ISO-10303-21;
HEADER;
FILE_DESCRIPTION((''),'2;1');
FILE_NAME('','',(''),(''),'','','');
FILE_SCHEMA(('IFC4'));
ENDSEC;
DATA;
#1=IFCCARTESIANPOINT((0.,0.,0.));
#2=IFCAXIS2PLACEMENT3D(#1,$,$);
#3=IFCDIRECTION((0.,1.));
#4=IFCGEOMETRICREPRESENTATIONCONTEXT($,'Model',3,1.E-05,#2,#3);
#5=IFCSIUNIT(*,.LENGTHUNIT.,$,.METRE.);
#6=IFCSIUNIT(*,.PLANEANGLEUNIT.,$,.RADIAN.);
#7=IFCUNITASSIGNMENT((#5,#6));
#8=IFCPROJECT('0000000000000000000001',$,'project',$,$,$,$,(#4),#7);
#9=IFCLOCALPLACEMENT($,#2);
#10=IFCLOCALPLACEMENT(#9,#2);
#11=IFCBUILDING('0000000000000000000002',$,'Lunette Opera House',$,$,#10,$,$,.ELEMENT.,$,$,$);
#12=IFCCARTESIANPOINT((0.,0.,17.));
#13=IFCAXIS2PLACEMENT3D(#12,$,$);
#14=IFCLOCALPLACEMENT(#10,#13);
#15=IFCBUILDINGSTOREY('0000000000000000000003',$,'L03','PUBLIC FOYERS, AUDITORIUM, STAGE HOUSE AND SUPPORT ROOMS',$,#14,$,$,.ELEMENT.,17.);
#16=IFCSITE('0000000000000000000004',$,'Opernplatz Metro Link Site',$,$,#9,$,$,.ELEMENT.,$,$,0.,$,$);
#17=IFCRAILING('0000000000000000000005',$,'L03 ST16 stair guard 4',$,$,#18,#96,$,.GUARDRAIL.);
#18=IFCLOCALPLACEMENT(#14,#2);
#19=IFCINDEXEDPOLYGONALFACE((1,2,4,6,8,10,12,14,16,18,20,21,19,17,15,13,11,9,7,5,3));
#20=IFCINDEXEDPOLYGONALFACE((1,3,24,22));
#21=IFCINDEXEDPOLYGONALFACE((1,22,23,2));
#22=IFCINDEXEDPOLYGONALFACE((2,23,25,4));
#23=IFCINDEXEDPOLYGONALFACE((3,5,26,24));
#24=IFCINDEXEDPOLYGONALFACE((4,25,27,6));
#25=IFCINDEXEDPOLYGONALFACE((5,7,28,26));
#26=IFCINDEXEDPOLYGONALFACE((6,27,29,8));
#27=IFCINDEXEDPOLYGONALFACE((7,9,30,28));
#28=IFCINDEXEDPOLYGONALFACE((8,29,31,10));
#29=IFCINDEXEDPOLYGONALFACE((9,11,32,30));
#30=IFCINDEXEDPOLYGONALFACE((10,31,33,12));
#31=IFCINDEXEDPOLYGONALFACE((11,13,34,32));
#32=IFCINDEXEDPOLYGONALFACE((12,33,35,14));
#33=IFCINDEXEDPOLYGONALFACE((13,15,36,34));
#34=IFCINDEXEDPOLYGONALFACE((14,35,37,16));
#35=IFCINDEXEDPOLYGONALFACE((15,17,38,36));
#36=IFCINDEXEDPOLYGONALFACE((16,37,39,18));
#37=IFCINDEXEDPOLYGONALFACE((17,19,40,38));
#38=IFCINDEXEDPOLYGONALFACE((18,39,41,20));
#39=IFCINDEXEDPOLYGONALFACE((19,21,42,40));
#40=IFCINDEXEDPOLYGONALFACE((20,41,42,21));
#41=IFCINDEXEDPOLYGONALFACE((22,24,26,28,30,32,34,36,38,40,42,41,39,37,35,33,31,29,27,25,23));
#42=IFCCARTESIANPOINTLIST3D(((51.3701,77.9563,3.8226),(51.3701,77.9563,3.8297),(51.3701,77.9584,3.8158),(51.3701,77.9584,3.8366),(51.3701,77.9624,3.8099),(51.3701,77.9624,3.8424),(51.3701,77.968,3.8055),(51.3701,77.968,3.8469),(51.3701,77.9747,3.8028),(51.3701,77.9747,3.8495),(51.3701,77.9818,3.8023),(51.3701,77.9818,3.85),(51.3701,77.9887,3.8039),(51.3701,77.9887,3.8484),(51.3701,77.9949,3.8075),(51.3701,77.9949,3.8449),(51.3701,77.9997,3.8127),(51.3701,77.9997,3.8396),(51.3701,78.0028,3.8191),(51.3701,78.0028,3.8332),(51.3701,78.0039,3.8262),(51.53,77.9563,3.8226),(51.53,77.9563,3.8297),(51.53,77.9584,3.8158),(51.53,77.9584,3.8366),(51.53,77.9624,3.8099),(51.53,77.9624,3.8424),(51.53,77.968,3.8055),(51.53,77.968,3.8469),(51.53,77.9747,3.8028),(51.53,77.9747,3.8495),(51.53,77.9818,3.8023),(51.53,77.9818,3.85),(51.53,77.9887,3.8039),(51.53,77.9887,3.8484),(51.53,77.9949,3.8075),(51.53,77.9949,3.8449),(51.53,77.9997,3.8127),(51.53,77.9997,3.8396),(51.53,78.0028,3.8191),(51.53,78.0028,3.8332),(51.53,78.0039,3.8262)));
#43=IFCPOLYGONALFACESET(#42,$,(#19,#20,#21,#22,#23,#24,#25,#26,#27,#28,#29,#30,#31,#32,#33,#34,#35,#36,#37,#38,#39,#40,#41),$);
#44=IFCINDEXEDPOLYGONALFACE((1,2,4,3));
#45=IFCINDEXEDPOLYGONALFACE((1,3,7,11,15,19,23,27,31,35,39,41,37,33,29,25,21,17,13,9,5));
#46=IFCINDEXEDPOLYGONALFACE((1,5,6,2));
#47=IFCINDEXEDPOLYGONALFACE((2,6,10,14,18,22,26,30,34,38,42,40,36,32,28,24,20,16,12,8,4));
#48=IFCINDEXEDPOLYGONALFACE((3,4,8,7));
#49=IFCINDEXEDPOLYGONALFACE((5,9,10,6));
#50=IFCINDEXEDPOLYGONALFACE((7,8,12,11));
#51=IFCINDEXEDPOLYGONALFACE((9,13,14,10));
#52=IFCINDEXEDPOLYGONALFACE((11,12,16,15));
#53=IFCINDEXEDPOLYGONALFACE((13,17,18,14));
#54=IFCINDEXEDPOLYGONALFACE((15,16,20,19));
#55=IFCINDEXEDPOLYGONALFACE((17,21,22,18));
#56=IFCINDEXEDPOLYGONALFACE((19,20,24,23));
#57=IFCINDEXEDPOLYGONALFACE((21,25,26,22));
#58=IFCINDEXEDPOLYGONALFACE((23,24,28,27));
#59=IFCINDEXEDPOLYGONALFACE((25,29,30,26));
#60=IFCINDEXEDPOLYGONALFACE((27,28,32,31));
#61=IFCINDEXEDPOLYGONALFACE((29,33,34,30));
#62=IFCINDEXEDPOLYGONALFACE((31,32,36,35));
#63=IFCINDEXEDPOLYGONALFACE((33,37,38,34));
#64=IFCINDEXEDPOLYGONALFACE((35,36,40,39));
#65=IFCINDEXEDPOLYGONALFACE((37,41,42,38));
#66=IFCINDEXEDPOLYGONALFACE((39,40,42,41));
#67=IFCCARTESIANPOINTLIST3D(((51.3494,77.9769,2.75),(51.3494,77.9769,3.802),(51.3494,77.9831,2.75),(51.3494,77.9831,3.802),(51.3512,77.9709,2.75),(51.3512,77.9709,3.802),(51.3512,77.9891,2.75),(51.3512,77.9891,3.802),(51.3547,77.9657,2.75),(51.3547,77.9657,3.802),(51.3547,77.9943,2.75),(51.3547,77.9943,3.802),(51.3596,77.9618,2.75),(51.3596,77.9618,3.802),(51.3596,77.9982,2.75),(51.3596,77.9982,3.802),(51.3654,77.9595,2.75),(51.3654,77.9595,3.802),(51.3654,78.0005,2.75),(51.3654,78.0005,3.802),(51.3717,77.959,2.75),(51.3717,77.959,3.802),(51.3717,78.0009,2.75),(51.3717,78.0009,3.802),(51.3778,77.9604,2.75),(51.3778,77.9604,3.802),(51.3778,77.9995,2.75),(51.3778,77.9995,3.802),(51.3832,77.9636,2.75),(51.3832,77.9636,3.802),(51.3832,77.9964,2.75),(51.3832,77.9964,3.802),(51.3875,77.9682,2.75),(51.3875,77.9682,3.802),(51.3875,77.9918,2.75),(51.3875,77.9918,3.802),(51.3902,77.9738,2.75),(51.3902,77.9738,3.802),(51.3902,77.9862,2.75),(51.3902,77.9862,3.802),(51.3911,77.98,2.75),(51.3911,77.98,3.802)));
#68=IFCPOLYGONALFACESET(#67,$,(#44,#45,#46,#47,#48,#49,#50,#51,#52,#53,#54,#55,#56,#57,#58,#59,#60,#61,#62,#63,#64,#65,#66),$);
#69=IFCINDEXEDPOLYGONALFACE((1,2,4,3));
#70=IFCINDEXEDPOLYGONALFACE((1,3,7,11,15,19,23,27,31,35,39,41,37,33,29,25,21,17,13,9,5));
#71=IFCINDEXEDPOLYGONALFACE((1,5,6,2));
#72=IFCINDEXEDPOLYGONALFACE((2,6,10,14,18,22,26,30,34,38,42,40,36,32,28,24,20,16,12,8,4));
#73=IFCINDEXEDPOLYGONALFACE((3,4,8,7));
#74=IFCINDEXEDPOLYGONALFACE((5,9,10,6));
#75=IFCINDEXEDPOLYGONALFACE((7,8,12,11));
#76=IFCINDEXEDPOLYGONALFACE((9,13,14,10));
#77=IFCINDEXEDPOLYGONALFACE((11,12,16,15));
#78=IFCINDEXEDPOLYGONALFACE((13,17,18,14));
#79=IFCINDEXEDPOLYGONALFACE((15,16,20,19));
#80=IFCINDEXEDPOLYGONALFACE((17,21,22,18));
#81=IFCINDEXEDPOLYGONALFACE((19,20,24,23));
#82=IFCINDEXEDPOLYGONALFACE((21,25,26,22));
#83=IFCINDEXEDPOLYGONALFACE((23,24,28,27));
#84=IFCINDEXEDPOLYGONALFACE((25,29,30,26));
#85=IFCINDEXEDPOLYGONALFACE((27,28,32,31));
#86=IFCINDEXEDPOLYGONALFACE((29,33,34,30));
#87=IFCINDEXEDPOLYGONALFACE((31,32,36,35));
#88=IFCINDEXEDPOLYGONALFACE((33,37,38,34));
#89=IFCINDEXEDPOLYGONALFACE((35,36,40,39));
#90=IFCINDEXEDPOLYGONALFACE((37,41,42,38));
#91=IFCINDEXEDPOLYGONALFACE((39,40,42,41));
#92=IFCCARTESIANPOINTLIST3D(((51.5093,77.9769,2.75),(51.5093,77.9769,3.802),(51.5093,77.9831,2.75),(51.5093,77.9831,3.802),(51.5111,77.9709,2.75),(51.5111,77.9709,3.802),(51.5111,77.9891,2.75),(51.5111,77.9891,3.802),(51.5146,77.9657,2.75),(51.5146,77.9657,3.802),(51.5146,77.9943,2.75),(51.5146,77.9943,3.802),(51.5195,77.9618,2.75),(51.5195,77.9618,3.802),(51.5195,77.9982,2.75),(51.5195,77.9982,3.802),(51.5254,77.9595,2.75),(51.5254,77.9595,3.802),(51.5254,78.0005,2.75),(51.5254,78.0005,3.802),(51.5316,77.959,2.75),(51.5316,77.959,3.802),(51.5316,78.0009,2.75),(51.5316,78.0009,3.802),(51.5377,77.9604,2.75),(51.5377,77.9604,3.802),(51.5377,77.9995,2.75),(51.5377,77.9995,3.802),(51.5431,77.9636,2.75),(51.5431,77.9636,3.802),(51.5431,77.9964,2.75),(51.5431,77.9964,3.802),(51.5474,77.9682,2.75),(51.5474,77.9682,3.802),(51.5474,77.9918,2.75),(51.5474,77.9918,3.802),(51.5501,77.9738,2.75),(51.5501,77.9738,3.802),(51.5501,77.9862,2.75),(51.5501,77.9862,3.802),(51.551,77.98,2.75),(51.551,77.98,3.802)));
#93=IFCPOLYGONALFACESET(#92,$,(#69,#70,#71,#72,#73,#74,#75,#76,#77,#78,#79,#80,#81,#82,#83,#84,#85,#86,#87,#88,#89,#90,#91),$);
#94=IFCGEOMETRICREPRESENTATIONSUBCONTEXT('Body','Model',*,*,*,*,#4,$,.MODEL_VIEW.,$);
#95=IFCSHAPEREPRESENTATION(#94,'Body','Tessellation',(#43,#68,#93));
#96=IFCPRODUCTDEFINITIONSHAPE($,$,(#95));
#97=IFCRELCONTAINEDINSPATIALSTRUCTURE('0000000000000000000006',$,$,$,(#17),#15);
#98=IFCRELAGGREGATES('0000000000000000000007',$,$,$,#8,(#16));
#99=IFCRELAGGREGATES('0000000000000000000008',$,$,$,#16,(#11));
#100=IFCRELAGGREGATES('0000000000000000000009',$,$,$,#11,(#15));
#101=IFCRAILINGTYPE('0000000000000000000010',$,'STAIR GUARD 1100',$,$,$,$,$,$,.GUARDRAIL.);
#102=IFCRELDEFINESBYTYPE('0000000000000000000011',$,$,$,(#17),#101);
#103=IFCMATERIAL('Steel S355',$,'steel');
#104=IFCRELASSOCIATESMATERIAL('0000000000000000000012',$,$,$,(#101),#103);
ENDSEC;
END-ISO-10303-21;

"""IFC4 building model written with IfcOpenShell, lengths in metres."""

from ifc_helpers import new_model, si_unit, direction, frame, origin, origin_2d, place, context, subcontext, project, spatial, circle, extrude, material, type_object, element, save


model = new_model("IFC4")

# Units and contexts
model_context = context("Model", 3, precision=1e-05, world=origin(), true_north=direction((0.0, 1.0)))
body_context = subcontext(model_context, "Body", "Model", "MODEL_VIEW")
ifc_project = project(units=[si_unit("LENGTHUNIT", "METRE"), si_unit("PLANEANGLEUNIT", "RADIAN")], contexts=[model_context])

# Site, building, storey
site_placement = place(None, origin())
site = spatial("IfcSite", under=ifc_project, at=site_placement, Name="Opernplatz Metro Link Site", CompositionType="ELEMENT", RefElevation=0.0)
building_placement = place(site_placement, origin())
building = spatial("IfcBuilding", under=site, at=building_placement, Name="Lunette Opera House", CompositionType="ELEMENT")
storey_placement = place(building_placement, frame((0.0, 0.0, 17.0)))
storey = spatial("IfcBuildingStorey", under=building, at=storey_placement, Name="L03", Description="PUBLIC FOYERS, AUDITORIUM, STAGE HOUSE AND SUPPORT ROOMS", CompositionType="ELEMENT", Elevation=17.0)

# Railing
ifc_material_1 = material(Name="Steel S355", Category="steel")
railing_type_1 = type_object("IfcRailingType", Name="STAIR GUARD 1100", PredefinedType="GUARDRAIL", material=ifc_material_1)
railing_1_placement = place(storey_placement, frame((51.3701, 77.98, 2.75)))
element("IfcRailing", 1, at=railing_1_placement, inside=storey, type_object=railing_type_1, Name="L03 ST16 stair guard 4", PredefinedType="GUARDRAIL", context=body_context, shape_type="SweptSolid", body=[
    extrude(circle(Radius=0.0239, at=origin_2d()), frame((0.0, 0.0, 1.0762), z_axis=(1.0, 0.0, 0.0), x_axis=(0.0, 1.0, 0.0)), (0.0, 0.0, 1.0), 0.1599),
    extrude(circle(Radius=0.021, at=origin_2d()), origin(), (0.0, 0.0, 1.0), 1.052),
    extrude(circle(Radius=0.021, at=origin_2d()), frame((0.1599, 0.0, 0.0)), (0.0, 0.0, 1.0), 1.052),
])

save(model, "model.ifc")
